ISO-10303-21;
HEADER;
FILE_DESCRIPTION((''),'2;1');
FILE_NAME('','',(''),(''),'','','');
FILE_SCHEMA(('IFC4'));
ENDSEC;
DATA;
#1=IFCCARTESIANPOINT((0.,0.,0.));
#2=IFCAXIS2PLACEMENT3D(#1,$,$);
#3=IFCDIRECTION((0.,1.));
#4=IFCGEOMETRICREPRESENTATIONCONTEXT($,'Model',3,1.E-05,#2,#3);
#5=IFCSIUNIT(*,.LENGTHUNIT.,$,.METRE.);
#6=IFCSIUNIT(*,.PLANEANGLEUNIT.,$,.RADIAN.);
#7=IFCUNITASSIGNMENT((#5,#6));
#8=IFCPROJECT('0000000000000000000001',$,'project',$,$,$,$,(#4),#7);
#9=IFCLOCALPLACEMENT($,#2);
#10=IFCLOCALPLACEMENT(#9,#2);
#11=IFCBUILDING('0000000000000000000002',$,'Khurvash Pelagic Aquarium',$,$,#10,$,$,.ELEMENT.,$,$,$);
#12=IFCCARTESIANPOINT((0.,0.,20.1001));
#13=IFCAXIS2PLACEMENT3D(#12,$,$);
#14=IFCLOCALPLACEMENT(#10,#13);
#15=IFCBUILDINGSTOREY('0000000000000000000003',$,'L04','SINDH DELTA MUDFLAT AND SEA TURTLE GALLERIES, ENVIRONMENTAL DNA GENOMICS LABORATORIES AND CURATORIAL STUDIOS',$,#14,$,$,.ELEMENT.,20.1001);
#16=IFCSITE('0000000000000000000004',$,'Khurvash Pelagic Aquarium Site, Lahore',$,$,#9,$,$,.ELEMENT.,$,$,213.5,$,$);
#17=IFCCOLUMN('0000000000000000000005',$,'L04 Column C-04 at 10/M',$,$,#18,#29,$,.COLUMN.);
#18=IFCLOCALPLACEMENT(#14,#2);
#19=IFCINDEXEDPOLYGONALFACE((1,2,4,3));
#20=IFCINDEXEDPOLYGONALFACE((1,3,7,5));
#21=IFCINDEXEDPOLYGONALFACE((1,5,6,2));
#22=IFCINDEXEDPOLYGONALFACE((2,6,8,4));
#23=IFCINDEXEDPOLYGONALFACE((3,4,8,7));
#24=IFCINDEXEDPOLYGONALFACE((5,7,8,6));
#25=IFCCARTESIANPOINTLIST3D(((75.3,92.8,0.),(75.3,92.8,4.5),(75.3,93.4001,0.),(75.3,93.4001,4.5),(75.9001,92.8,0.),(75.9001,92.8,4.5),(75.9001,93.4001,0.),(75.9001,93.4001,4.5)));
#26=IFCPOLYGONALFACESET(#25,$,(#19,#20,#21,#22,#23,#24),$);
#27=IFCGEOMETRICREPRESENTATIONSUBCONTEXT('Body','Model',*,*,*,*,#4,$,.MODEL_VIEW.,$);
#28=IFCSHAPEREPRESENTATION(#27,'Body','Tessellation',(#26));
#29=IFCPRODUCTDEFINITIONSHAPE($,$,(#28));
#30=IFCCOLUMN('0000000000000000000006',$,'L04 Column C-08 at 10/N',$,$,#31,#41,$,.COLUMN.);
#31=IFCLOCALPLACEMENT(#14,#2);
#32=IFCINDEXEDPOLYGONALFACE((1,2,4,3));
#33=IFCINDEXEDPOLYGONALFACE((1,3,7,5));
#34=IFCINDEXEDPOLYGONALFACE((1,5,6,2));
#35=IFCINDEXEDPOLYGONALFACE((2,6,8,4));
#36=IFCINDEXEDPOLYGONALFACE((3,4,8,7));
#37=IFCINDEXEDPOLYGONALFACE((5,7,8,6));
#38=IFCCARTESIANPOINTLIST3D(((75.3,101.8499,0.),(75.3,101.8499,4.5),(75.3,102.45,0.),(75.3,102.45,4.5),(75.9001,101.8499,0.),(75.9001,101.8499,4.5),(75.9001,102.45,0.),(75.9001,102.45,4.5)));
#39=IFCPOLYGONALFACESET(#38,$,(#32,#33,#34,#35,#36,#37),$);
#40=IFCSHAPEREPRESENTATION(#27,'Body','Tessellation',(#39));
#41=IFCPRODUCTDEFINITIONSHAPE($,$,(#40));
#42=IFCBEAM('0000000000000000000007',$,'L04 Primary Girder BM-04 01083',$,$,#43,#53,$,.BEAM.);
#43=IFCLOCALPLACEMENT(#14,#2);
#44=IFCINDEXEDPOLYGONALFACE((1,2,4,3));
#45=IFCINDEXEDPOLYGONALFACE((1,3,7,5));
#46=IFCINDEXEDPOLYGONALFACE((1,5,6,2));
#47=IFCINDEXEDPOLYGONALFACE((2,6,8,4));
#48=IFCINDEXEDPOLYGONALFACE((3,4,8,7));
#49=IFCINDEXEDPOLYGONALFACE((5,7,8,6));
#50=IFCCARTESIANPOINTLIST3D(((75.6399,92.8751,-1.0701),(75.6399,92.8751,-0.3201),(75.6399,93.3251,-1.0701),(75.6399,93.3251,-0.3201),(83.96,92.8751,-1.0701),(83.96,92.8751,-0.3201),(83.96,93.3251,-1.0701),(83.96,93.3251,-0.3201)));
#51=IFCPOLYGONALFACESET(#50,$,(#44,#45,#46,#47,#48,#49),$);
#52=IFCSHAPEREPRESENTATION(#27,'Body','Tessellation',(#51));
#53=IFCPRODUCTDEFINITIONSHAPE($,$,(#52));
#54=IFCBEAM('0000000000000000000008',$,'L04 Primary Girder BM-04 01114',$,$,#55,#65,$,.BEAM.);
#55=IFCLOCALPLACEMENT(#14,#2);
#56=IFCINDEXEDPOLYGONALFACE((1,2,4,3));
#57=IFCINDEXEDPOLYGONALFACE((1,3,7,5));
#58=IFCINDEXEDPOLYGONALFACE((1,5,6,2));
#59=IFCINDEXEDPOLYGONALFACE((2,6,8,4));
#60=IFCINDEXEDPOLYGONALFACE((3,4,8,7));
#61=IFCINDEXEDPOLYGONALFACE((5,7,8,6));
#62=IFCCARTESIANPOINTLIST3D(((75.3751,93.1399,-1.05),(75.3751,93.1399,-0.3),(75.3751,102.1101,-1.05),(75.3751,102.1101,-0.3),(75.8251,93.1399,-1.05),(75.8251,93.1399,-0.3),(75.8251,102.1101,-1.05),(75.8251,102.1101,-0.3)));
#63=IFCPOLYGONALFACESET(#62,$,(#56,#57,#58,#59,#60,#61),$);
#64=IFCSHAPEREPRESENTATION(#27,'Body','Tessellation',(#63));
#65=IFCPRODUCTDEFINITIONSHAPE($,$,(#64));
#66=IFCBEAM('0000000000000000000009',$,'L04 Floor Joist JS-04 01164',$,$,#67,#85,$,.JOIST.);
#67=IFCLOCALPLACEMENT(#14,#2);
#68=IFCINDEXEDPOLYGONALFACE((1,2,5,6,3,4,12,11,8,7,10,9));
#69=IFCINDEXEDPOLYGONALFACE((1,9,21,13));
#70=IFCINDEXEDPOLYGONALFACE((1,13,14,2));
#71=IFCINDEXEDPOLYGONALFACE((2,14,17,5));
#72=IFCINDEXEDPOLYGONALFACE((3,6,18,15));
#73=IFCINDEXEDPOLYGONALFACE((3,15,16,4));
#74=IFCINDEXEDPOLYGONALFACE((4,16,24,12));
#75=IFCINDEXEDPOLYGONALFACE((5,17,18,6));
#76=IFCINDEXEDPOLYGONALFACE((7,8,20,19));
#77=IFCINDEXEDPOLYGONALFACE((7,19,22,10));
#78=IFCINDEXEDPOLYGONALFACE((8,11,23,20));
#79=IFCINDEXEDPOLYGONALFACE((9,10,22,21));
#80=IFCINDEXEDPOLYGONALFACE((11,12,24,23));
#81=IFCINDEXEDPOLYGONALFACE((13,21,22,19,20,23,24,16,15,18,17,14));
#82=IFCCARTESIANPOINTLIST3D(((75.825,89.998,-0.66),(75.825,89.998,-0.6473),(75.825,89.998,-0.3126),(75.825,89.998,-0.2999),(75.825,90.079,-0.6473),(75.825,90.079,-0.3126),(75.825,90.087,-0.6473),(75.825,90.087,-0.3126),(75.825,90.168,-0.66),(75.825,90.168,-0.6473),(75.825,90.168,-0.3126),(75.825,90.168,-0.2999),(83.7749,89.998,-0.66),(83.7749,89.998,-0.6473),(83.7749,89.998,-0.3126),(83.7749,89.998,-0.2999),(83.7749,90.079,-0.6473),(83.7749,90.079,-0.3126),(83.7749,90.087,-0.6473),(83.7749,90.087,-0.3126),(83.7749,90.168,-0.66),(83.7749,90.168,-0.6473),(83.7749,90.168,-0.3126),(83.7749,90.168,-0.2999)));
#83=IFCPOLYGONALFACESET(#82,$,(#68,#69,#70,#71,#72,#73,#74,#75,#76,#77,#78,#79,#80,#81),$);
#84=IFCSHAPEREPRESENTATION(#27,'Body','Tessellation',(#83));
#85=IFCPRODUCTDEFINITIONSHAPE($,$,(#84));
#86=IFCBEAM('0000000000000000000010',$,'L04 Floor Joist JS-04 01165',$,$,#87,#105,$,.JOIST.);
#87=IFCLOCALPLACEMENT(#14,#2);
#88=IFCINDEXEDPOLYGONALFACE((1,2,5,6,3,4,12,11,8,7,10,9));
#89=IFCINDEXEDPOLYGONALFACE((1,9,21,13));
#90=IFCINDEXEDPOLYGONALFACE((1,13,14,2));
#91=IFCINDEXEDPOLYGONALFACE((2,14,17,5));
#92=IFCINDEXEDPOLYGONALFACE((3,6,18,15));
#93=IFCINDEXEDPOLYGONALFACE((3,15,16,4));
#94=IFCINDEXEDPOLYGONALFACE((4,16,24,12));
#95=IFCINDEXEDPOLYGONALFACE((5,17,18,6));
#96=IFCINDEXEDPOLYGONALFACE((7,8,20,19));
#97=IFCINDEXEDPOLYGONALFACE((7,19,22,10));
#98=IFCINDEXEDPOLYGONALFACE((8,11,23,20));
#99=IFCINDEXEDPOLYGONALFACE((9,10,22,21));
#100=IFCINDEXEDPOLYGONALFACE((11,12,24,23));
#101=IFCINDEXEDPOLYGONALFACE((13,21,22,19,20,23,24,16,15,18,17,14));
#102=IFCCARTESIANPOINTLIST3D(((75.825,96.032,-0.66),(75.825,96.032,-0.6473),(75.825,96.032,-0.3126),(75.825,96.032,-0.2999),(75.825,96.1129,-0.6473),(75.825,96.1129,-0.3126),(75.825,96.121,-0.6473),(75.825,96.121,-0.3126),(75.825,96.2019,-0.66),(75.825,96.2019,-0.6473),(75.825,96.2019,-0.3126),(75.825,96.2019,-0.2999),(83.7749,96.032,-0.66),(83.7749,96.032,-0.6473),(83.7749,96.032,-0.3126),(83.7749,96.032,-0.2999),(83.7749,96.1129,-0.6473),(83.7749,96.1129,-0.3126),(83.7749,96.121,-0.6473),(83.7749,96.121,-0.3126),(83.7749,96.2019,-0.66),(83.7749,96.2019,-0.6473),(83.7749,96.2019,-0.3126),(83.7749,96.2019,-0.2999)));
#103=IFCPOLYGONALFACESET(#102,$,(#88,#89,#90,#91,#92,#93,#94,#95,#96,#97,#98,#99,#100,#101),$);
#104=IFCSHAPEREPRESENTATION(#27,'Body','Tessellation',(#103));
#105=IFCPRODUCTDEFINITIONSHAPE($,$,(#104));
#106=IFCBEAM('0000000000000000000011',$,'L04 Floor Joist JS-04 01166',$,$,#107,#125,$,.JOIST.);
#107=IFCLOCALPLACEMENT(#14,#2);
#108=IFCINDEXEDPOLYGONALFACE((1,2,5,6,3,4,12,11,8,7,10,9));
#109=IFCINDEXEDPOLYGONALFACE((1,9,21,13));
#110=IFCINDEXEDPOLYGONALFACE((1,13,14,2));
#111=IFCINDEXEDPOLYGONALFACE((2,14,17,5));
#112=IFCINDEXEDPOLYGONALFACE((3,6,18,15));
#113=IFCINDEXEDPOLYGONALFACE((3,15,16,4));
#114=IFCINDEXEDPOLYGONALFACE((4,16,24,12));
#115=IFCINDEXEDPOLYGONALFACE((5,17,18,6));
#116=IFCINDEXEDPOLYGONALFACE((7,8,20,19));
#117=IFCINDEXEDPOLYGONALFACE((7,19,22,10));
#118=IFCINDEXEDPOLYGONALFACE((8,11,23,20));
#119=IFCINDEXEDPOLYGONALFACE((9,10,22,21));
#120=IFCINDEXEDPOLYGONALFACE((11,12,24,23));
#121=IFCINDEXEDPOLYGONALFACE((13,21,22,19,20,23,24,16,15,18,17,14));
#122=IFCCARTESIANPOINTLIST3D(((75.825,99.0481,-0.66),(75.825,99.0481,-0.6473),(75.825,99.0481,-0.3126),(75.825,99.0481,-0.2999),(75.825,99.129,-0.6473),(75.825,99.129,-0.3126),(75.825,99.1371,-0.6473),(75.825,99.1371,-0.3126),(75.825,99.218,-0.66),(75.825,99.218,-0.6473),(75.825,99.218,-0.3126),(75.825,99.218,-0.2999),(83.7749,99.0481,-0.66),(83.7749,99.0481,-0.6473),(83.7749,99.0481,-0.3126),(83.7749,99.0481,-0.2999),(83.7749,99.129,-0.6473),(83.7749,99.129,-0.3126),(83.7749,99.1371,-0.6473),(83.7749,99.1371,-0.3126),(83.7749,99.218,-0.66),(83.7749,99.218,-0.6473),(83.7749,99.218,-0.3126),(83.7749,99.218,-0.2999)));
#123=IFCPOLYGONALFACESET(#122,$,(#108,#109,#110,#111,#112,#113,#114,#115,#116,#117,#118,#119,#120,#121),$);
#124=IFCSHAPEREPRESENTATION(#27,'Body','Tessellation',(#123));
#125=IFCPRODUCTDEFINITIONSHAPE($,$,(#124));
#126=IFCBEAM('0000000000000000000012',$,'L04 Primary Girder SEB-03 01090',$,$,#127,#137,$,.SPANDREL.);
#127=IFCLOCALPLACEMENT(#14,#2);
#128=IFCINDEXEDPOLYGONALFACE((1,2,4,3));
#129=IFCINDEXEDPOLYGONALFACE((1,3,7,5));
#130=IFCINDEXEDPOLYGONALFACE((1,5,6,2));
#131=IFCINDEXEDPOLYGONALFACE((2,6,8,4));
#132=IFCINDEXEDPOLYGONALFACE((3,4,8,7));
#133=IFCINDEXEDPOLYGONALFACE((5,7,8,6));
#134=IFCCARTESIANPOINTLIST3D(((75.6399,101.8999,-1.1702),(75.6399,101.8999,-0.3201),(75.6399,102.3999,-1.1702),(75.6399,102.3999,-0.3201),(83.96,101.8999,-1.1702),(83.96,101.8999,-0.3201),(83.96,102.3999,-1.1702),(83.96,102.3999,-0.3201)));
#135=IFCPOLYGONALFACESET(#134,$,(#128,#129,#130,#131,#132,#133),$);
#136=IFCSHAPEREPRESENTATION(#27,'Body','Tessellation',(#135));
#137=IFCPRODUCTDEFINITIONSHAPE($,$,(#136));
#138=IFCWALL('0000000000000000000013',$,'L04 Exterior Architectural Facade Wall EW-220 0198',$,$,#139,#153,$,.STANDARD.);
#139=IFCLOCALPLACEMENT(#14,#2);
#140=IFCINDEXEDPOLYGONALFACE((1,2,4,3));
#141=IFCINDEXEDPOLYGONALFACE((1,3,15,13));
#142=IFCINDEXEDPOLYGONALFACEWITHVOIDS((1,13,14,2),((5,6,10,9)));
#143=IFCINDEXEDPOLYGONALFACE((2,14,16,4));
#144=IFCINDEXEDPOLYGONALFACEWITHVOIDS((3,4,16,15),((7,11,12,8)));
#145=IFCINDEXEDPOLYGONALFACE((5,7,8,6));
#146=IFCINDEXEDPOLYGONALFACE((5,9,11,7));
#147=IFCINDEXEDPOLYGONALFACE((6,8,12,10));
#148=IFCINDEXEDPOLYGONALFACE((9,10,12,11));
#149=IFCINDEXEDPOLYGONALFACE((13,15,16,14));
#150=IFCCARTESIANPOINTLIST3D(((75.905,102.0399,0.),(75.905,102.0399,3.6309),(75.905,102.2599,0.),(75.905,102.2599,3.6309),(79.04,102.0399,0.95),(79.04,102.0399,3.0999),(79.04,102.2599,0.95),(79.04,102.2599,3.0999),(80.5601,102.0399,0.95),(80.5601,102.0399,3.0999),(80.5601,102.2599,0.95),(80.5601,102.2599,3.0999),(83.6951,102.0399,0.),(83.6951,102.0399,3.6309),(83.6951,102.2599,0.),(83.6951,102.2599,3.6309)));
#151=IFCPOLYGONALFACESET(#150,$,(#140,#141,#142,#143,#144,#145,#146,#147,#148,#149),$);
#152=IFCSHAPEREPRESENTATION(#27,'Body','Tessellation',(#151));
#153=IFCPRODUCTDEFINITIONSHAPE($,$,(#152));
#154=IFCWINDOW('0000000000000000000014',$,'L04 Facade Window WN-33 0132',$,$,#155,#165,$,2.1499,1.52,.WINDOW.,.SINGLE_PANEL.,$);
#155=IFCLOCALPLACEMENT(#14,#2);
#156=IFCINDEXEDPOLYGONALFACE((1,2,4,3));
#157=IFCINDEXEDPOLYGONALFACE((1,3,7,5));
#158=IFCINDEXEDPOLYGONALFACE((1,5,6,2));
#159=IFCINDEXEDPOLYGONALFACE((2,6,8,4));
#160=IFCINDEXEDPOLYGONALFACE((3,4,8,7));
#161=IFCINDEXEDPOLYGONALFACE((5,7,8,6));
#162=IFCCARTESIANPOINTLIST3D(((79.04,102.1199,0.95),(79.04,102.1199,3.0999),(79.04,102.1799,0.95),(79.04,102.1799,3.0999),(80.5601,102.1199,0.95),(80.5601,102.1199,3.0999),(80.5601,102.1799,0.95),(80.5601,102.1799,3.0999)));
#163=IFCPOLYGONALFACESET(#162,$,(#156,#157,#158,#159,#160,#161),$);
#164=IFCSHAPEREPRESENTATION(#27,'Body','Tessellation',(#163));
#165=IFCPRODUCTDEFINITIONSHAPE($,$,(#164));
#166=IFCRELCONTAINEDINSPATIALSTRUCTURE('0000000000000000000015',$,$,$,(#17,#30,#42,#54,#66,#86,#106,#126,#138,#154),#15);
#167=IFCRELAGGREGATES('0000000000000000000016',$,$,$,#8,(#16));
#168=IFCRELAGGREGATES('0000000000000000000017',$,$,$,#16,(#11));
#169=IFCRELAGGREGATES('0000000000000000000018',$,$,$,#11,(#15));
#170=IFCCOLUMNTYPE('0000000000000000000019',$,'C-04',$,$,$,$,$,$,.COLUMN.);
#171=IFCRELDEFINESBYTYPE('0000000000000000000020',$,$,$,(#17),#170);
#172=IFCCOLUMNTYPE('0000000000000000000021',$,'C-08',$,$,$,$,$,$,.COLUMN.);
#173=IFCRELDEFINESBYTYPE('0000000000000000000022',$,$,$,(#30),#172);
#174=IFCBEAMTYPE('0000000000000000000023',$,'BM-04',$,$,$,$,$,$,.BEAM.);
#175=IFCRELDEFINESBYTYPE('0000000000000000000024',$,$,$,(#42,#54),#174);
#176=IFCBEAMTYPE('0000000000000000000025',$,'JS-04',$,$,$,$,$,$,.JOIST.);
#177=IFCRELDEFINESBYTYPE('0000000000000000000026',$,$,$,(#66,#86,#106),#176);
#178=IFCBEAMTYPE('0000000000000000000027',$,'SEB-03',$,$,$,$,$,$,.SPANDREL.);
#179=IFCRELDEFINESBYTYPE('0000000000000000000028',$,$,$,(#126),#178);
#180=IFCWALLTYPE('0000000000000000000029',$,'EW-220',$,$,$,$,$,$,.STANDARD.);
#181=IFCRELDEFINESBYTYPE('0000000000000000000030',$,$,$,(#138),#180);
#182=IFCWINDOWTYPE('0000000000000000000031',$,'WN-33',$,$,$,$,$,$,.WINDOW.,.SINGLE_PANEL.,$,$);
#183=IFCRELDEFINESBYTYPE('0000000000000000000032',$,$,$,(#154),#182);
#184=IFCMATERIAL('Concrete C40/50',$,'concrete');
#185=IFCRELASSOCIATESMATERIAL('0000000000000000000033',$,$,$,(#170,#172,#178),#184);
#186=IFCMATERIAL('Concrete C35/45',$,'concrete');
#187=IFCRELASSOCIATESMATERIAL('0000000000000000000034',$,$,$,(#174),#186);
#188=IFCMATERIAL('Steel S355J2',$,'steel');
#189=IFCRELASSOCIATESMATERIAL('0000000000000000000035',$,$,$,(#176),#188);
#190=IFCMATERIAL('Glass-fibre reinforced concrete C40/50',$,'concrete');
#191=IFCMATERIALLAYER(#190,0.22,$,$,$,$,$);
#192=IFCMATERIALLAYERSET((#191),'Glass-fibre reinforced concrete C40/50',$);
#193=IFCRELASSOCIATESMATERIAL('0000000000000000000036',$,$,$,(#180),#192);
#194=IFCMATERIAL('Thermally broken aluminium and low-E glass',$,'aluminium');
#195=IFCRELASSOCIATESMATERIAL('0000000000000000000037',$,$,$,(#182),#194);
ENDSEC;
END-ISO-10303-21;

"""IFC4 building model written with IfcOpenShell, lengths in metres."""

from ifc_helpers import new_model, si_unit, direction, frame, frame_2d, origin, origin_2d, place, context, subcontext, project, spatial, rectangle, i_section, extrude, material, layer, layer_set, material_profile, profile_set, type_object, element, fill, save


model = new_model("IFC4")

# Units and contexts
model_context = context("Model", 3, precision=1e-05, world=origin(), true_north=direction((0.0, 1.0)))
body_context = subcontext(model_context, "Body", "Model", "MODEL_VIEW")
ifc_project = project(units=[si_unit("LENGTHUNIT", "METRE"), si_unit("PLANEANGLEUNIT", "RADIAN")], contexts=[model_context])

# Site, building, storey
site_placement = place(None, origin())
site = spatial("IfcSite", under=ifc_project, at=site_placement, Name="Khurvash Pelagic Aquarium Site, Lahore", CompositionType="ELEMENT", RefElevation=213.5)
building_placement = place(site_placement, origin())
building = spatial("IfcBuilding", under=site, at=building_placement, Name="Khurvash Pelagic Aquarium", CompositionType="ELEMENT")
storey_placement = place(building_placement, frame((0.0, 0.0, 20.1001)))
storey = spatial("IfcBuildingStorey", under=building, at=storey_placement, Name="L04", Description="SINDH DELTA MUDFLAT AND SEA TURTLE GALLERIES, ENVIRONMENTAL DNA GENOMICS LABORATORIES AND CURATORIAL STUDIOS", CompositionType="ELEMENT", Elevation=20.1001)

# Columns
ifc_material_1 = material(Name="Concrete C40/50", Category="concrete")
ifc_material_profile_1 = material_profile(ifc_material_1, rectangle(XDim=0.6001, YDim=0.6001, at=origin_2d()), Name="RC600X600")
ifc_profile_set_1 = profile_set([ifc_material_profile_1], Name="Concrete C40/50")
column_type_1 = type_object("IfcColumnType", Name="C-04", PredefinedType="COLUMN", material=ifc_profile_set_1)
column_1_placement = place(storey_placement, frame((75.6001, 93.1001, 0.0), z_axis=(0.0, 0.0, 1.0), x_axis=(1.0, 0.0, 0.0)))
element("IfcColumn", 1, at=column_1_placement, inside=storey, type_object=column_type_1, Name="L04 Column C-04 at 10/M", PredefinedType="COLUMN", context=body_context, shape_type="SweptSolid", body=[
    extrude(rectangle(XDim=0.6001, YDim=0.6001, at=origin_2d()), origin(), (0.0, 0.0, 1.0), 4.5),
])
ifc_material_profile_2 = material_profile(ifc_material_1, rectangle(XDim=0.6001, YDim=0.6001, at=origin_2d()), Name="RC600X600")
ifc_profile_set_2 = profile_set([ifc_material_profile_2], Name="Concrete C40/50")
column_type_2 = type_object("IfcColumnType", Name="C-08", PredefinedType="COLUMN", material=ifc_profile_set_2)
column_2_placement = place(storey_placement, frame((75.6001, 102.1499, 0.0), z_axis=(0.0, 0.0, 1.0), x_axis=(1.0, 0.0, 0.0)))
element("IfcColumn", 2, at=column_2_placement, inside=storey, type_object=column_type_2, Name="L04 Column C-08 at 10/N", PredefinedType="COLUMN", context=body_context, shape_type="SweptSolid", body=[
    extrude(rectangle(XDim=0.6001, YDim=0.6001, at=origin_2d()), origin(), (0.0, 0.0, 1.0), 4.5),
])

# Beams
ifc_material_2 = material(Name="Concrete C35/45", Category="concrete")
ifc_material_profile_3 = material_profile(ifc_material_2, rectangle(XDim=0.45, YDim=0.75, at=origin_2d()), Name="RC450X750")
ifc_profile_set_3 = profile_set([ifc_material_profile_3], Name="Concrete C35/45")
beam_type_1 = type_object("IfcBeamType", Name="BM-04", PredefinedType="BEAM", material=ifc_profile_set_3)
beam_1_placement = place(storey_placement, frame((75.6399, 93.1001, -0.6951), z_axis=(1.0, 0.0, 0.0), x_axis=(0.0, 1.0, 0.0)))
element("IfcBeam", 3, at=beam_1_placement, inside=storey, type_object=beam_type_1, Name="L04 Primary Girder BM-04 01083", PredefinedType="BEAM", context=body_context, shape_type="SweptSolid", body=[
    extrude(rectangle(XDim=0.45, YDim=0.75, at=origin_2d()), origin(), (0.0, 0.0, 1.0), 8.3201),
])
beam_2_placement = place(storey_placement, frame((75.6001, 93.1399, -0.675), z_axis=(0.0, 1.0, 0.0), x_axis=(-1.0, 0.0, 0.0)))
element("IfcBeam", 4, at=beam_2_placement, inside=storey, type_object=beam_type_1, Name="L04 Primary Girder BM-04 01114", PredefinedType="BEAM", context=body_context, shape_type="SweptSolid", body=[
    extrude(rectangle(XDim=0.45, YDim=0.75, at=origin_2d()), origin(), (0.0, 0.0, 1.0), 8.9702),
])
ifc_material_3 = material(Name="Steel S355J2", Category="steel")
ifc_material_profile_4 = material_profile(ifc_material_3, i_section(OverallWidth=0.1699, OverallDepth=0.3601, WebThickness=0.0081, FlangeThickness=0.0127, at=origin_2d()), Name="IPE360")
ifc_profile_set_4 = profile_set([ifc_material_profile_4], Name="Steel S355J2")
beam_type_2 = type_object("IfcBeamType", Name="JS-04", PredefinedType="JOIST", material=ifc_profile_set_4)
for number, where, z_axis, x_axis, name in (
    (5, (75.825, 90.083, -0.48), (1.0, 0.0, 0.0), (0.0, 1.0, 0.0), "L04 Floor Joist JS-04 01164"),
    (6, (75.825, 96.1169, -0.48), (1.0, 0.0, 0.0), (0.0, 1.0, 0.0), "L04 Floor Joist JS-04 01165"),
    (7, (75.825, 99.1331, -0.48), (1.0, 0.0, 0.0), (0.0, 1.0, 0.0), "L04 Floor Joist JS-04 01166"),
):
    element("IfcBeam", number, at=place(storey_placement, frame(where, z_axis=z_axis, x_axis=x_axis)), inside=storey, type_object=beam_type_2, Name=name, PredefinedType="JOIST", context=body_context, shape_type="SweptSolid", body=[
        extrude(i_section(OverallWidth=0.1699, OverallDepth=0.3601, WebThickness=0.0081, FlangeThickness=0.0127, at=origin_2d()), origin(), (0.0, 0.0, 1.0), 7.95),
    ])
ifc_material_profile_5 = material_profile(ifc_material_1, rectangle(XDim=0.5, YDim=0.8501, at=origin_2d()), Name="RC500X850")
ifc_profile_set_5 = profile_set([ifc_material_profile_5], Name="Concrete C40/50")
beam_type_3 = type_object("IfcBeamType", Name="SEB-03", PredefinedType="SPANDREL", material=ifc_profile_set_5)
beam_3_placement = place(storey_placement, frame((75.6399, 102.1499, -0.7451), z_axis=(1.0, 0.0, 0.0), x_axis=(0.0, 1.0, 0.0)))
element("IfcBeam", 8, at=beam_3_placement, inside=storey, type_object=beam_type_3, Name="L04 Primary Girder SEB-03 01090", PredefinedType="SPANDREL", context=body_context, shape_type="SweptSolid", body=[
    extrude(rectangle(XDim=0.5, YDim=0.8501, at=origin_2d()), origin(), (0.0, 0.0, 1.0), 8.3201),
])

# Wall, opening, window
ifc_material_4 = material(Name="Glass-fibre reinforced concrete C40/50", Category="concrete")
ifc_layer_1 = layer(ifc_material_4, 0.22)
ifc_layer_set_1 = layer_set([ifc_layer_1], Name="Glass-fibre reinforced concrete C40/50")
wall_type_1 = type_object("IfcWallType", Name="EW-220", PredefinedType="STANDARD", material=ifc_layer_set_1)
wall_1_placement = place(storey_placement, frame((83.6951, 102.1499, 0.0), z_axis=(0.0, 0.0, 1.0), x_axis=(-1.0, 0.0, 0.0)))
wall_1 = element("IfcWall", 9, at=wall_1_placement, inside=storey, type_object=wall_type_1, Name="L04 Exterior Architectural Facade Wall EW-220 0198", PredefinedType="STANDARD", context=body_context, shape_type="SweptSolid", body=[
    extrude(rectangle(XDim=7.79, YDim=0.22, at=frame_2d((3.895, 0.0))), origin(), (0.0, 0.0, 1.0), 3.6309),
])
opening_1_placement = place(wall_1_placement, frame((3.135, 0.0, 0.95)))
opening_1 = element("IfcOpeningElement", 10, at=opening_1_placement, cuts=wall_1, PredefinedType="OPENING", context=body_context, shape_type="SweptSolid", body=[
    extrude(rectangle(XDim=1.52, YDim=2.1499, at=frame_2d((0.76, 1.075))), frame((0.0, 0.1201, 0.0), z_axis=(0.0, -1.0, 0.0), x_axis=(1.0, 0.0, 0.0)), (0.0, 0.0, 1.0), 0.24),
])
ifc_material_5 = material(Name="Thermally broken aluminium and low-E glass", Category="aluminium")
window_type_1 = type_object("IfcWindowType", Name="WN-33", PartitioningType="SINGLE_PANEL", PredefinedType="WINDOW", material=ifc_material_5)
window_1_placement = place(opening_1_placement, origin())
window_1 = element("IfcWindow", 11, at=window_1_placement, inside=storey, type_object=window_type_1, Name="L04 Facade Window WN-33 0132", OverallHeight=2.1499, OverallWidth=1.52, PartitioningType="SINGLE_PANEL", PredefinedType="WINDOW", context=body_context, shape_type="SweptSolid", body=[
    extrude(rectangle(XDim=1.52, YDim=2.1499, at=frame_2d((0.76, 1.075))), frame((0.0, 0.03, 0.0), z_axis=(0.0, -1.0, 0.0), x_axis=(1.0, 0.0, 0.0)), (0.0, 0.0, 1.0), 0.0601),
])
fill(opening_1, window_1)

save(model, "model.ifc")
